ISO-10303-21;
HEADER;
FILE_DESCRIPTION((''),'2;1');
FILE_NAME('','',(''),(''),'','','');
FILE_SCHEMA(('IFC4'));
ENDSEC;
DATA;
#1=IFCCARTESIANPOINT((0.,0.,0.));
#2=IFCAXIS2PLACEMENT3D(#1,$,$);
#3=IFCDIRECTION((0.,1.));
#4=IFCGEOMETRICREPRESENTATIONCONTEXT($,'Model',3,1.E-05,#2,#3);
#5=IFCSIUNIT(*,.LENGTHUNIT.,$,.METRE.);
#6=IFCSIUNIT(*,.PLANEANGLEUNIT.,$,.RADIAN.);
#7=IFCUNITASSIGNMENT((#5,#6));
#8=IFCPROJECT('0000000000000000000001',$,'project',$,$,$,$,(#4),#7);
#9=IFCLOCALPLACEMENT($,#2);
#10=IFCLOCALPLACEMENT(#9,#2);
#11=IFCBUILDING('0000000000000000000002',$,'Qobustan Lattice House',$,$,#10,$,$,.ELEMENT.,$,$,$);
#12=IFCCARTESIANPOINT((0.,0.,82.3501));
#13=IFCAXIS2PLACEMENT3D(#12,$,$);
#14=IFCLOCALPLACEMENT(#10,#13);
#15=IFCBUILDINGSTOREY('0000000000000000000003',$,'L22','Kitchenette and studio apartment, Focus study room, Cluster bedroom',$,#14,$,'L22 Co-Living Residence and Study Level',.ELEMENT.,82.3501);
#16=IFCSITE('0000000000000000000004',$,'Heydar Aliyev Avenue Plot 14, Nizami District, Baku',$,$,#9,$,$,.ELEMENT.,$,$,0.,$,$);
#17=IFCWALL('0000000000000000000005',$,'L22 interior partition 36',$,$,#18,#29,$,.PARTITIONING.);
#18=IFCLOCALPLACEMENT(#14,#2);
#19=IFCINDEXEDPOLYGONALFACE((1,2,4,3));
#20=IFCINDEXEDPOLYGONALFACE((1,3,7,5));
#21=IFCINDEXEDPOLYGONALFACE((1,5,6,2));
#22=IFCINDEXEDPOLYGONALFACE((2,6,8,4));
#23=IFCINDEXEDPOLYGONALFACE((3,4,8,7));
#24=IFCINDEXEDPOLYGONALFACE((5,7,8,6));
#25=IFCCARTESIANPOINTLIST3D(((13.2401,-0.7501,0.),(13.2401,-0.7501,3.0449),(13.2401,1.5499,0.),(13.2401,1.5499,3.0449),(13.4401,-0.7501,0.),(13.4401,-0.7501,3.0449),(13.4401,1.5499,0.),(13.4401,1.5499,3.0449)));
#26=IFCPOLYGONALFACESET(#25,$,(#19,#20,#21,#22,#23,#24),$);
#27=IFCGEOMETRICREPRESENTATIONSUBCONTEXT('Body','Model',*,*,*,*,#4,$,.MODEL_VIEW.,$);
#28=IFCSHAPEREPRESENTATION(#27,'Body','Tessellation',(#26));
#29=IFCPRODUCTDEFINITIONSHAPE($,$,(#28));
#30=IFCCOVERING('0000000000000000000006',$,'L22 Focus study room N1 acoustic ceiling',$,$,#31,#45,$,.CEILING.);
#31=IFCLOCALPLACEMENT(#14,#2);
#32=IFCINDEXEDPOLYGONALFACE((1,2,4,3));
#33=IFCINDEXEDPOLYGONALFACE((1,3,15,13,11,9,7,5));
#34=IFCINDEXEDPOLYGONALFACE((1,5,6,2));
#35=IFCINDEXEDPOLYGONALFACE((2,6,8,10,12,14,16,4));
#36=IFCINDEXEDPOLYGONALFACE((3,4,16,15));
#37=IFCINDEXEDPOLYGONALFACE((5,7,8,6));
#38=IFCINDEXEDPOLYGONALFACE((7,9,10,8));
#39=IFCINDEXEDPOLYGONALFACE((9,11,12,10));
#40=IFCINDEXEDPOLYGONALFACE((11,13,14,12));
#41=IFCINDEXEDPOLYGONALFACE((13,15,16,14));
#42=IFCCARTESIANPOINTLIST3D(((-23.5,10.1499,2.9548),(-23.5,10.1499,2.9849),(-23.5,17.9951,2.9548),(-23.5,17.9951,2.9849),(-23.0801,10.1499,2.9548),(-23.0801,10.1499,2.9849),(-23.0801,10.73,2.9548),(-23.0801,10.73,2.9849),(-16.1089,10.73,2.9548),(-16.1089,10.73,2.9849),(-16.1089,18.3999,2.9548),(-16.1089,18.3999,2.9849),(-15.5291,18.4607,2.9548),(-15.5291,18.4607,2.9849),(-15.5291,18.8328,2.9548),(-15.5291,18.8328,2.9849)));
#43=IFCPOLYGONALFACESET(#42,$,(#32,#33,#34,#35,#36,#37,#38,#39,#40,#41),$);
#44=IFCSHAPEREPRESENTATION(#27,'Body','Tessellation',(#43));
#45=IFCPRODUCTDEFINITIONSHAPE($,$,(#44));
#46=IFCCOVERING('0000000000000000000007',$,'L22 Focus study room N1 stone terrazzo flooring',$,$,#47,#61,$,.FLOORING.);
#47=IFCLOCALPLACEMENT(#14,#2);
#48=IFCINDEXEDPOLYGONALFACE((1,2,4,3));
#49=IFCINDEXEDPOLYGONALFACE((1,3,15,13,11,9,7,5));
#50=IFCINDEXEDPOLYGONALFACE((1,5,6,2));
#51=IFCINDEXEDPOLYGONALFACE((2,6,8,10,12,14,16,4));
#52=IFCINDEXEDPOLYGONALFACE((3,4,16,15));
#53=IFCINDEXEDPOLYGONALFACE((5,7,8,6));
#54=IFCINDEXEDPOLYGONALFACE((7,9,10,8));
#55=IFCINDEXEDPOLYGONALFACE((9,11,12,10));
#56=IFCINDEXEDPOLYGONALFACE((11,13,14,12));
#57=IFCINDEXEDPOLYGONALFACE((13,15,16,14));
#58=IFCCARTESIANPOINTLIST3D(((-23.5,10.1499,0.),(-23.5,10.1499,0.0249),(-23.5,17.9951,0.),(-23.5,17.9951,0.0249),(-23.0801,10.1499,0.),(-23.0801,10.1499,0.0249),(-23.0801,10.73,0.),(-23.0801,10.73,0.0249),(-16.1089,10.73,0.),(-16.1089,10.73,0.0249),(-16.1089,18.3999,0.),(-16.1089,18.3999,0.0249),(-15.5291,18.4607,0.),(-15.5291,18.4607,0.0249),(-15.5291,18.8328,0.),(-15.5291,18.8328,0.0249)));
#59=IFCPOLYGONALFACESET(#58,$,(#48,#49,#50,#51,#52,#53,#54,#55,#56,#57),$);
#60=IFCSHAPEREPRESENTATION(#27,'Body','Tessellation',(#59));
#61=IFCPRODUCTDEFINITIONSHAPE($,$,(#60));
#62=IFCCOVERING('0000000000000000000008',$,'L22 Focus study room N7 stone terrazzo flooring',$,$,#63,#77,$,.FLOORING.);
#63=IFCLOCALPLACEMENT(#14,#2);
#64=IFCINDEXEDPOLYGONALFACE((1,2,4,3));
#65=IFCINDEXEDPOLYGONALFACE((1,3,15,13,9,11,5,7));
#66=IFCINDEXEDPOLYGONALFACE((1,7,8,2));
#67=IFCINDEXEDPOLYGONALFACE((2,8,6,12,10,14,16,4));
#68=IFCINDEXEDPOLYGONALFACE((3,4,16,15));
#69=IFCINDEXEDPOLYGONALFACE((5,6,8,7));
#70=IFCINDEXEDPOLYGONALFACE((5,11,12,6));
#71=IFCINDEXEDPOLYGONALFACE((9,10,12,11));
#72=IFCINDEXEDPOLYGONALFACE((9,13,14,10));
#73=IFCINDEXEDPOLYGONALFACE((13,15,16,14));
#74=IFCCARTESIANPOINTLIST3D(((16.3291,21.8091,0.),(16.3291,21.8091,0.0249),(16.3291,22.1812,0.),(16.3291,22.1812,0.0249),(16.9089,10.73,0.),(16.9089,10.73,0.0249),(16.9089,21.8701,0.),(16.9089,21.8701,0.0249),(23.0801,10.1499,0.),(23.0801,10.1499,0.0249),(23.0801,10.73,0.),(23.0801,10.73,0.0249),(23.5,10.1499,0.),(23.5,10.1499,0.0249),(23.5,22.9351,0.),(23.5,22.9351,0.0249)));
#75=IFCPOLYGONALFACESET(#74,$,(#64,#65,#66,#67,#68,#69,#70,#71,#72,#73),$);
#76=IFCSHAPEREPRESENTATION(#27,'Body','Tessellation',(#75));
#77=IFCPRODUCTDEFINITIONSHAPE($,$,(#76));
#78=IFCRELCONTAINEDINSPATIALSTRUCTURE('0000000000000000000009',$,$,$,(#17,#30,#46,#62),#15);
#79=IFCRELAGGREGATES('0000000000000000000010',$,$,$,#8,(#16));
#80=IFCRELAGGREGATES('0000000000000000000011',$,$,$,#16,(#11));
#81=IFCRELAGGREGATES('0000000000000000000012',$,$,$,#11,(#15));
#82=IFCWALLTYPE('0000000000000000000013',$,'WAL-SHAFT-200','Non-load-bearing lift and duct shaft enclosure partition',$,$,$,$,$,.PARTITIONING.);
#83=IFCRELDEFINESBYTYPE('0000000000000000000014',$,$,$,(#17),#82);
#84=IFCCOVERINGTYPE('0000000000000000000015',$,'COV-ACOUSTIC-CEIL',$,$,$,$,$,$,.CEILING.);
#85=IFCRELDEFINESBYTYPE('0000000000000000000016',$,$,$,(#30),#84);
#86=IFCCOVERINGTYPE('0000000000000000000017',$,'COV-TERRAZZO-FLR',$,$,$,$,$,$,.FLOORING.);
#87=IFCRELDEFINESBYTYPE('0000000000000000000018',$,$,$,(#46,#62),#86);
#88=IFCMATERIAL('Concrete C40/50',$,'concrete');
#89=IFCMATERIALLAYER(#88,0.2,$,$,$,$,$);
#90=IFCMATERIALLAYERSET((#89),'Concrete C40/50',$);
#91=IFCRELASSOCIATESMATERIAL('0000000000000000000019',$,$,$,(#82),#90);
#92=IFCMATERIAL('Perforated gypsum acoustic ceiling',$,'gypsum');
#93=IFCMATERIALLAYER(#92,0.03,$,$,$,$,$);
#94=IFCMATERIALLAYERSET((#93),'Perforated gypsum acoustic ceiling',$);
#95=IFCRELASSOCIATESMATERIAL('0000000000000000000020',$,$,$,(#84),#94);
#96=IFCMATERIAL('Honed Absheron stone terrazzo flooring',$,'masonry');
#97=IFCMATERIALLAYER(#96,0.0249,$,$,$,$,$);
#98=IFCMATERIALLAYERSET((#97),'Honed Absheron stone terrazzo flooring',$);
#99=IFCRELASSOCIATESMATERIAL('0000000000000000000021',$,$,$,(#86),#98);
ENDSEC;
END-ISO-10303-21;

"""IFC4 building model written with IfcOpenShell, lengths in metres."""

from ifc_helpers import new_model, si_unit, direction, frame, frame_2d, origin, place, context, subcontext, project, spatial, polyline, rectangle, outline, extrude, material, layer, layer_set, type_object, element, save


model = new_model("IFC4")

# Units and contexts
model_context = context("Model", 3, precision=1e-05, world=origin(), true_north=direction((0.0, 1.0)))
body_context = subcontext(model_context, "Body", "Model", "MODEL_VIEW")
ifc_project = project(units=[si_unit("LENGTHUNIT", "METRE"), si_unit("PLANEANGLEUNIT", "RADIAN")], contexts=[model_context])

# Site, building, storey
site_placement = place(None, origin())
site = spatial("IfcSite", under=ifc_project, at=site_placement, Name="Heydar Aliyev Avenue Plot 14, Nizami District, Baku", CompositionType="ELEMENT", RefElevation=0.0)
building_placement = place(site_placement, origin())
building = spatial("IfcBuilding", under=site, at=building_placement, Name="Qobustan Lattice House", CompositionType="ELEMENT")
storey_placement = place(building_placement, frame((0.0, 0.0, 82.3501)))
storey = spatial("IfcBuildingStorey", under=building, at=storey_placement, Name="L22", Description="Kitchenette and studio apartment, Focus study room, Cluster bedroom", LongName="L22 Co-Living Residence and Study Level", CompositionType="ELEMENT", Elevation=82.3501)

# Wall
ifc_material_1 = material(Name="Concrete C40/50", Category="concrete")
ifc_layer_1 = layer(ifc_material_1, 0.2)
ifc_layer_set_1 = layer_set([ifc_layer_1], Name="Concrete C40/50")
wall_type_1 = type_object("IfcWallType", Name="WAL-SHAFT-200", Description="Non-load-bearing lift and duct shaft enclosure partition", PredefinedType="PARTITIONING", material=ifc_layer_set_1)
for number, where, z_axis, x_axis, name in (
    (1, (13.3401, -0.75, 0.0), (0.0, 0.0, 1.0), (0.0, 1.0, 0.0), "L22 interior partition 36"),
):
    element("IfcWall", number, at=place(storey_placement, frame(where, z_axis=z_axis, x_axis=x_axis)), inside=storey, type_object=wall_type_1, Name=name, PredefinedType="PARTITIONING", context=body_context, shape_type="SweptSolid", body=[
        extrude(rectangle(XDim=2.3, YDim=0.2, at=frame_2d((1.1499, 0.0))), origin(), (0.0, 0.0, 1.0), 3.0449),
    ])

# Coverings
ifc_material_2 = material(Name="Perforated gypsum acoustic ceiling", Category="gypsum")
ifc_layer_2 = layer(ifc_material_2, 0.03)
ifc_layer_set_2 = layer_set([ifc_layer_2], Name="Perforated gypsum acoustic ceiling")
covering_type_1 = type_object("IfcCoveringType", Name="COV-ACOUSTIC-CEIL", PredefinedType="CEILING", material=ifc_layer_set_2)
covering_1_placement = place(storey_placement, frame((0.0, 0.0, 2.9548)))
element("IfcCovering", 2, at=covering_1_placement, inside=storey, type_object=covering_type_1, Name="L22 Focus study room N1 acoustic ceiling", PredefinedType="CEILING", context=body_context, shape_type="SweptSolid", body=[
    extrude(outline(polyline([(-15.5291, 18.8328), (-23.5, 17.9951), (-23.5, 10.1499), (-23.0801, 10.1499), (-23.0801, 10.73), (-16.1089, 10.73), (-16.1089, 18.3999), (-15.5291, 18.4607), (-15.5291, 18.8328)])), origin(), (0.0, 0.0, 1.0), 0.03),
])
ifc_material_3 = material(Name="Honed Absheron stone terrazzo flooring", Category="masonry")
ifc_layer_3 = layer(ifc_material_3, 0.0249)
ifc_layer_set_3 = layer_set([ifc_layer_3], Name="Honed Absheron stone terrazzo flooring")
covering_type_2 = type_object("IfcCoveringType", Name="COV-TERRAZZO-FLR", PredefinedType="FLOORING", material=ifc_layer_set_3)
covering_2_placement = place(storey_placement, origin())
element("IfcCovering", 3, at=covering_2_placement, inside=storey, type_object=covering_type_2, Name="L22 Focus study room N1 stone terrazzo flooring", PredefinedType="FLOORING", context=body_context, shape_type="SweptSolid", body=[
    extrude(outline(polyline([(-15.5291, 18.8328), (-23.5, 17.9951), (-23.5, 10.1499), (-23.0801, 10.1499), (-23.0801, 10.73), (-16.1089, 10.73), (-16.1089, 18.3999), (-15.5291, 18.4607), (-15.5291, 18.8328)])), origin(), (0.0, 0.0, 1.0), 0.0249),
])
covering_3_placement = place(storey_placement, origin())
element("IfcCovering", 4, at=covering_3_placement, inside=storey, type_object=covering_type_2, Name="L22 Focus study room N7 stone terrazzo flooring", PredefinedType="FLOORING", context=body_context, shape_type="SweptSolid", body=[
    extrude(outline(polyline([(16.3291, 22.1812), (16.3291, 21.8091), (16.9089, 21.8701), (16.9089, 10.73), (23.0801, 10.73), (23.0801, 10.1499), (23.5, 10.1499), (23.5, 22.9351), (16.3291, 22.1812)])), origin(), (0.0, 0.0, 1.0), 0.0249),
])

save(model, "model.ifc")
